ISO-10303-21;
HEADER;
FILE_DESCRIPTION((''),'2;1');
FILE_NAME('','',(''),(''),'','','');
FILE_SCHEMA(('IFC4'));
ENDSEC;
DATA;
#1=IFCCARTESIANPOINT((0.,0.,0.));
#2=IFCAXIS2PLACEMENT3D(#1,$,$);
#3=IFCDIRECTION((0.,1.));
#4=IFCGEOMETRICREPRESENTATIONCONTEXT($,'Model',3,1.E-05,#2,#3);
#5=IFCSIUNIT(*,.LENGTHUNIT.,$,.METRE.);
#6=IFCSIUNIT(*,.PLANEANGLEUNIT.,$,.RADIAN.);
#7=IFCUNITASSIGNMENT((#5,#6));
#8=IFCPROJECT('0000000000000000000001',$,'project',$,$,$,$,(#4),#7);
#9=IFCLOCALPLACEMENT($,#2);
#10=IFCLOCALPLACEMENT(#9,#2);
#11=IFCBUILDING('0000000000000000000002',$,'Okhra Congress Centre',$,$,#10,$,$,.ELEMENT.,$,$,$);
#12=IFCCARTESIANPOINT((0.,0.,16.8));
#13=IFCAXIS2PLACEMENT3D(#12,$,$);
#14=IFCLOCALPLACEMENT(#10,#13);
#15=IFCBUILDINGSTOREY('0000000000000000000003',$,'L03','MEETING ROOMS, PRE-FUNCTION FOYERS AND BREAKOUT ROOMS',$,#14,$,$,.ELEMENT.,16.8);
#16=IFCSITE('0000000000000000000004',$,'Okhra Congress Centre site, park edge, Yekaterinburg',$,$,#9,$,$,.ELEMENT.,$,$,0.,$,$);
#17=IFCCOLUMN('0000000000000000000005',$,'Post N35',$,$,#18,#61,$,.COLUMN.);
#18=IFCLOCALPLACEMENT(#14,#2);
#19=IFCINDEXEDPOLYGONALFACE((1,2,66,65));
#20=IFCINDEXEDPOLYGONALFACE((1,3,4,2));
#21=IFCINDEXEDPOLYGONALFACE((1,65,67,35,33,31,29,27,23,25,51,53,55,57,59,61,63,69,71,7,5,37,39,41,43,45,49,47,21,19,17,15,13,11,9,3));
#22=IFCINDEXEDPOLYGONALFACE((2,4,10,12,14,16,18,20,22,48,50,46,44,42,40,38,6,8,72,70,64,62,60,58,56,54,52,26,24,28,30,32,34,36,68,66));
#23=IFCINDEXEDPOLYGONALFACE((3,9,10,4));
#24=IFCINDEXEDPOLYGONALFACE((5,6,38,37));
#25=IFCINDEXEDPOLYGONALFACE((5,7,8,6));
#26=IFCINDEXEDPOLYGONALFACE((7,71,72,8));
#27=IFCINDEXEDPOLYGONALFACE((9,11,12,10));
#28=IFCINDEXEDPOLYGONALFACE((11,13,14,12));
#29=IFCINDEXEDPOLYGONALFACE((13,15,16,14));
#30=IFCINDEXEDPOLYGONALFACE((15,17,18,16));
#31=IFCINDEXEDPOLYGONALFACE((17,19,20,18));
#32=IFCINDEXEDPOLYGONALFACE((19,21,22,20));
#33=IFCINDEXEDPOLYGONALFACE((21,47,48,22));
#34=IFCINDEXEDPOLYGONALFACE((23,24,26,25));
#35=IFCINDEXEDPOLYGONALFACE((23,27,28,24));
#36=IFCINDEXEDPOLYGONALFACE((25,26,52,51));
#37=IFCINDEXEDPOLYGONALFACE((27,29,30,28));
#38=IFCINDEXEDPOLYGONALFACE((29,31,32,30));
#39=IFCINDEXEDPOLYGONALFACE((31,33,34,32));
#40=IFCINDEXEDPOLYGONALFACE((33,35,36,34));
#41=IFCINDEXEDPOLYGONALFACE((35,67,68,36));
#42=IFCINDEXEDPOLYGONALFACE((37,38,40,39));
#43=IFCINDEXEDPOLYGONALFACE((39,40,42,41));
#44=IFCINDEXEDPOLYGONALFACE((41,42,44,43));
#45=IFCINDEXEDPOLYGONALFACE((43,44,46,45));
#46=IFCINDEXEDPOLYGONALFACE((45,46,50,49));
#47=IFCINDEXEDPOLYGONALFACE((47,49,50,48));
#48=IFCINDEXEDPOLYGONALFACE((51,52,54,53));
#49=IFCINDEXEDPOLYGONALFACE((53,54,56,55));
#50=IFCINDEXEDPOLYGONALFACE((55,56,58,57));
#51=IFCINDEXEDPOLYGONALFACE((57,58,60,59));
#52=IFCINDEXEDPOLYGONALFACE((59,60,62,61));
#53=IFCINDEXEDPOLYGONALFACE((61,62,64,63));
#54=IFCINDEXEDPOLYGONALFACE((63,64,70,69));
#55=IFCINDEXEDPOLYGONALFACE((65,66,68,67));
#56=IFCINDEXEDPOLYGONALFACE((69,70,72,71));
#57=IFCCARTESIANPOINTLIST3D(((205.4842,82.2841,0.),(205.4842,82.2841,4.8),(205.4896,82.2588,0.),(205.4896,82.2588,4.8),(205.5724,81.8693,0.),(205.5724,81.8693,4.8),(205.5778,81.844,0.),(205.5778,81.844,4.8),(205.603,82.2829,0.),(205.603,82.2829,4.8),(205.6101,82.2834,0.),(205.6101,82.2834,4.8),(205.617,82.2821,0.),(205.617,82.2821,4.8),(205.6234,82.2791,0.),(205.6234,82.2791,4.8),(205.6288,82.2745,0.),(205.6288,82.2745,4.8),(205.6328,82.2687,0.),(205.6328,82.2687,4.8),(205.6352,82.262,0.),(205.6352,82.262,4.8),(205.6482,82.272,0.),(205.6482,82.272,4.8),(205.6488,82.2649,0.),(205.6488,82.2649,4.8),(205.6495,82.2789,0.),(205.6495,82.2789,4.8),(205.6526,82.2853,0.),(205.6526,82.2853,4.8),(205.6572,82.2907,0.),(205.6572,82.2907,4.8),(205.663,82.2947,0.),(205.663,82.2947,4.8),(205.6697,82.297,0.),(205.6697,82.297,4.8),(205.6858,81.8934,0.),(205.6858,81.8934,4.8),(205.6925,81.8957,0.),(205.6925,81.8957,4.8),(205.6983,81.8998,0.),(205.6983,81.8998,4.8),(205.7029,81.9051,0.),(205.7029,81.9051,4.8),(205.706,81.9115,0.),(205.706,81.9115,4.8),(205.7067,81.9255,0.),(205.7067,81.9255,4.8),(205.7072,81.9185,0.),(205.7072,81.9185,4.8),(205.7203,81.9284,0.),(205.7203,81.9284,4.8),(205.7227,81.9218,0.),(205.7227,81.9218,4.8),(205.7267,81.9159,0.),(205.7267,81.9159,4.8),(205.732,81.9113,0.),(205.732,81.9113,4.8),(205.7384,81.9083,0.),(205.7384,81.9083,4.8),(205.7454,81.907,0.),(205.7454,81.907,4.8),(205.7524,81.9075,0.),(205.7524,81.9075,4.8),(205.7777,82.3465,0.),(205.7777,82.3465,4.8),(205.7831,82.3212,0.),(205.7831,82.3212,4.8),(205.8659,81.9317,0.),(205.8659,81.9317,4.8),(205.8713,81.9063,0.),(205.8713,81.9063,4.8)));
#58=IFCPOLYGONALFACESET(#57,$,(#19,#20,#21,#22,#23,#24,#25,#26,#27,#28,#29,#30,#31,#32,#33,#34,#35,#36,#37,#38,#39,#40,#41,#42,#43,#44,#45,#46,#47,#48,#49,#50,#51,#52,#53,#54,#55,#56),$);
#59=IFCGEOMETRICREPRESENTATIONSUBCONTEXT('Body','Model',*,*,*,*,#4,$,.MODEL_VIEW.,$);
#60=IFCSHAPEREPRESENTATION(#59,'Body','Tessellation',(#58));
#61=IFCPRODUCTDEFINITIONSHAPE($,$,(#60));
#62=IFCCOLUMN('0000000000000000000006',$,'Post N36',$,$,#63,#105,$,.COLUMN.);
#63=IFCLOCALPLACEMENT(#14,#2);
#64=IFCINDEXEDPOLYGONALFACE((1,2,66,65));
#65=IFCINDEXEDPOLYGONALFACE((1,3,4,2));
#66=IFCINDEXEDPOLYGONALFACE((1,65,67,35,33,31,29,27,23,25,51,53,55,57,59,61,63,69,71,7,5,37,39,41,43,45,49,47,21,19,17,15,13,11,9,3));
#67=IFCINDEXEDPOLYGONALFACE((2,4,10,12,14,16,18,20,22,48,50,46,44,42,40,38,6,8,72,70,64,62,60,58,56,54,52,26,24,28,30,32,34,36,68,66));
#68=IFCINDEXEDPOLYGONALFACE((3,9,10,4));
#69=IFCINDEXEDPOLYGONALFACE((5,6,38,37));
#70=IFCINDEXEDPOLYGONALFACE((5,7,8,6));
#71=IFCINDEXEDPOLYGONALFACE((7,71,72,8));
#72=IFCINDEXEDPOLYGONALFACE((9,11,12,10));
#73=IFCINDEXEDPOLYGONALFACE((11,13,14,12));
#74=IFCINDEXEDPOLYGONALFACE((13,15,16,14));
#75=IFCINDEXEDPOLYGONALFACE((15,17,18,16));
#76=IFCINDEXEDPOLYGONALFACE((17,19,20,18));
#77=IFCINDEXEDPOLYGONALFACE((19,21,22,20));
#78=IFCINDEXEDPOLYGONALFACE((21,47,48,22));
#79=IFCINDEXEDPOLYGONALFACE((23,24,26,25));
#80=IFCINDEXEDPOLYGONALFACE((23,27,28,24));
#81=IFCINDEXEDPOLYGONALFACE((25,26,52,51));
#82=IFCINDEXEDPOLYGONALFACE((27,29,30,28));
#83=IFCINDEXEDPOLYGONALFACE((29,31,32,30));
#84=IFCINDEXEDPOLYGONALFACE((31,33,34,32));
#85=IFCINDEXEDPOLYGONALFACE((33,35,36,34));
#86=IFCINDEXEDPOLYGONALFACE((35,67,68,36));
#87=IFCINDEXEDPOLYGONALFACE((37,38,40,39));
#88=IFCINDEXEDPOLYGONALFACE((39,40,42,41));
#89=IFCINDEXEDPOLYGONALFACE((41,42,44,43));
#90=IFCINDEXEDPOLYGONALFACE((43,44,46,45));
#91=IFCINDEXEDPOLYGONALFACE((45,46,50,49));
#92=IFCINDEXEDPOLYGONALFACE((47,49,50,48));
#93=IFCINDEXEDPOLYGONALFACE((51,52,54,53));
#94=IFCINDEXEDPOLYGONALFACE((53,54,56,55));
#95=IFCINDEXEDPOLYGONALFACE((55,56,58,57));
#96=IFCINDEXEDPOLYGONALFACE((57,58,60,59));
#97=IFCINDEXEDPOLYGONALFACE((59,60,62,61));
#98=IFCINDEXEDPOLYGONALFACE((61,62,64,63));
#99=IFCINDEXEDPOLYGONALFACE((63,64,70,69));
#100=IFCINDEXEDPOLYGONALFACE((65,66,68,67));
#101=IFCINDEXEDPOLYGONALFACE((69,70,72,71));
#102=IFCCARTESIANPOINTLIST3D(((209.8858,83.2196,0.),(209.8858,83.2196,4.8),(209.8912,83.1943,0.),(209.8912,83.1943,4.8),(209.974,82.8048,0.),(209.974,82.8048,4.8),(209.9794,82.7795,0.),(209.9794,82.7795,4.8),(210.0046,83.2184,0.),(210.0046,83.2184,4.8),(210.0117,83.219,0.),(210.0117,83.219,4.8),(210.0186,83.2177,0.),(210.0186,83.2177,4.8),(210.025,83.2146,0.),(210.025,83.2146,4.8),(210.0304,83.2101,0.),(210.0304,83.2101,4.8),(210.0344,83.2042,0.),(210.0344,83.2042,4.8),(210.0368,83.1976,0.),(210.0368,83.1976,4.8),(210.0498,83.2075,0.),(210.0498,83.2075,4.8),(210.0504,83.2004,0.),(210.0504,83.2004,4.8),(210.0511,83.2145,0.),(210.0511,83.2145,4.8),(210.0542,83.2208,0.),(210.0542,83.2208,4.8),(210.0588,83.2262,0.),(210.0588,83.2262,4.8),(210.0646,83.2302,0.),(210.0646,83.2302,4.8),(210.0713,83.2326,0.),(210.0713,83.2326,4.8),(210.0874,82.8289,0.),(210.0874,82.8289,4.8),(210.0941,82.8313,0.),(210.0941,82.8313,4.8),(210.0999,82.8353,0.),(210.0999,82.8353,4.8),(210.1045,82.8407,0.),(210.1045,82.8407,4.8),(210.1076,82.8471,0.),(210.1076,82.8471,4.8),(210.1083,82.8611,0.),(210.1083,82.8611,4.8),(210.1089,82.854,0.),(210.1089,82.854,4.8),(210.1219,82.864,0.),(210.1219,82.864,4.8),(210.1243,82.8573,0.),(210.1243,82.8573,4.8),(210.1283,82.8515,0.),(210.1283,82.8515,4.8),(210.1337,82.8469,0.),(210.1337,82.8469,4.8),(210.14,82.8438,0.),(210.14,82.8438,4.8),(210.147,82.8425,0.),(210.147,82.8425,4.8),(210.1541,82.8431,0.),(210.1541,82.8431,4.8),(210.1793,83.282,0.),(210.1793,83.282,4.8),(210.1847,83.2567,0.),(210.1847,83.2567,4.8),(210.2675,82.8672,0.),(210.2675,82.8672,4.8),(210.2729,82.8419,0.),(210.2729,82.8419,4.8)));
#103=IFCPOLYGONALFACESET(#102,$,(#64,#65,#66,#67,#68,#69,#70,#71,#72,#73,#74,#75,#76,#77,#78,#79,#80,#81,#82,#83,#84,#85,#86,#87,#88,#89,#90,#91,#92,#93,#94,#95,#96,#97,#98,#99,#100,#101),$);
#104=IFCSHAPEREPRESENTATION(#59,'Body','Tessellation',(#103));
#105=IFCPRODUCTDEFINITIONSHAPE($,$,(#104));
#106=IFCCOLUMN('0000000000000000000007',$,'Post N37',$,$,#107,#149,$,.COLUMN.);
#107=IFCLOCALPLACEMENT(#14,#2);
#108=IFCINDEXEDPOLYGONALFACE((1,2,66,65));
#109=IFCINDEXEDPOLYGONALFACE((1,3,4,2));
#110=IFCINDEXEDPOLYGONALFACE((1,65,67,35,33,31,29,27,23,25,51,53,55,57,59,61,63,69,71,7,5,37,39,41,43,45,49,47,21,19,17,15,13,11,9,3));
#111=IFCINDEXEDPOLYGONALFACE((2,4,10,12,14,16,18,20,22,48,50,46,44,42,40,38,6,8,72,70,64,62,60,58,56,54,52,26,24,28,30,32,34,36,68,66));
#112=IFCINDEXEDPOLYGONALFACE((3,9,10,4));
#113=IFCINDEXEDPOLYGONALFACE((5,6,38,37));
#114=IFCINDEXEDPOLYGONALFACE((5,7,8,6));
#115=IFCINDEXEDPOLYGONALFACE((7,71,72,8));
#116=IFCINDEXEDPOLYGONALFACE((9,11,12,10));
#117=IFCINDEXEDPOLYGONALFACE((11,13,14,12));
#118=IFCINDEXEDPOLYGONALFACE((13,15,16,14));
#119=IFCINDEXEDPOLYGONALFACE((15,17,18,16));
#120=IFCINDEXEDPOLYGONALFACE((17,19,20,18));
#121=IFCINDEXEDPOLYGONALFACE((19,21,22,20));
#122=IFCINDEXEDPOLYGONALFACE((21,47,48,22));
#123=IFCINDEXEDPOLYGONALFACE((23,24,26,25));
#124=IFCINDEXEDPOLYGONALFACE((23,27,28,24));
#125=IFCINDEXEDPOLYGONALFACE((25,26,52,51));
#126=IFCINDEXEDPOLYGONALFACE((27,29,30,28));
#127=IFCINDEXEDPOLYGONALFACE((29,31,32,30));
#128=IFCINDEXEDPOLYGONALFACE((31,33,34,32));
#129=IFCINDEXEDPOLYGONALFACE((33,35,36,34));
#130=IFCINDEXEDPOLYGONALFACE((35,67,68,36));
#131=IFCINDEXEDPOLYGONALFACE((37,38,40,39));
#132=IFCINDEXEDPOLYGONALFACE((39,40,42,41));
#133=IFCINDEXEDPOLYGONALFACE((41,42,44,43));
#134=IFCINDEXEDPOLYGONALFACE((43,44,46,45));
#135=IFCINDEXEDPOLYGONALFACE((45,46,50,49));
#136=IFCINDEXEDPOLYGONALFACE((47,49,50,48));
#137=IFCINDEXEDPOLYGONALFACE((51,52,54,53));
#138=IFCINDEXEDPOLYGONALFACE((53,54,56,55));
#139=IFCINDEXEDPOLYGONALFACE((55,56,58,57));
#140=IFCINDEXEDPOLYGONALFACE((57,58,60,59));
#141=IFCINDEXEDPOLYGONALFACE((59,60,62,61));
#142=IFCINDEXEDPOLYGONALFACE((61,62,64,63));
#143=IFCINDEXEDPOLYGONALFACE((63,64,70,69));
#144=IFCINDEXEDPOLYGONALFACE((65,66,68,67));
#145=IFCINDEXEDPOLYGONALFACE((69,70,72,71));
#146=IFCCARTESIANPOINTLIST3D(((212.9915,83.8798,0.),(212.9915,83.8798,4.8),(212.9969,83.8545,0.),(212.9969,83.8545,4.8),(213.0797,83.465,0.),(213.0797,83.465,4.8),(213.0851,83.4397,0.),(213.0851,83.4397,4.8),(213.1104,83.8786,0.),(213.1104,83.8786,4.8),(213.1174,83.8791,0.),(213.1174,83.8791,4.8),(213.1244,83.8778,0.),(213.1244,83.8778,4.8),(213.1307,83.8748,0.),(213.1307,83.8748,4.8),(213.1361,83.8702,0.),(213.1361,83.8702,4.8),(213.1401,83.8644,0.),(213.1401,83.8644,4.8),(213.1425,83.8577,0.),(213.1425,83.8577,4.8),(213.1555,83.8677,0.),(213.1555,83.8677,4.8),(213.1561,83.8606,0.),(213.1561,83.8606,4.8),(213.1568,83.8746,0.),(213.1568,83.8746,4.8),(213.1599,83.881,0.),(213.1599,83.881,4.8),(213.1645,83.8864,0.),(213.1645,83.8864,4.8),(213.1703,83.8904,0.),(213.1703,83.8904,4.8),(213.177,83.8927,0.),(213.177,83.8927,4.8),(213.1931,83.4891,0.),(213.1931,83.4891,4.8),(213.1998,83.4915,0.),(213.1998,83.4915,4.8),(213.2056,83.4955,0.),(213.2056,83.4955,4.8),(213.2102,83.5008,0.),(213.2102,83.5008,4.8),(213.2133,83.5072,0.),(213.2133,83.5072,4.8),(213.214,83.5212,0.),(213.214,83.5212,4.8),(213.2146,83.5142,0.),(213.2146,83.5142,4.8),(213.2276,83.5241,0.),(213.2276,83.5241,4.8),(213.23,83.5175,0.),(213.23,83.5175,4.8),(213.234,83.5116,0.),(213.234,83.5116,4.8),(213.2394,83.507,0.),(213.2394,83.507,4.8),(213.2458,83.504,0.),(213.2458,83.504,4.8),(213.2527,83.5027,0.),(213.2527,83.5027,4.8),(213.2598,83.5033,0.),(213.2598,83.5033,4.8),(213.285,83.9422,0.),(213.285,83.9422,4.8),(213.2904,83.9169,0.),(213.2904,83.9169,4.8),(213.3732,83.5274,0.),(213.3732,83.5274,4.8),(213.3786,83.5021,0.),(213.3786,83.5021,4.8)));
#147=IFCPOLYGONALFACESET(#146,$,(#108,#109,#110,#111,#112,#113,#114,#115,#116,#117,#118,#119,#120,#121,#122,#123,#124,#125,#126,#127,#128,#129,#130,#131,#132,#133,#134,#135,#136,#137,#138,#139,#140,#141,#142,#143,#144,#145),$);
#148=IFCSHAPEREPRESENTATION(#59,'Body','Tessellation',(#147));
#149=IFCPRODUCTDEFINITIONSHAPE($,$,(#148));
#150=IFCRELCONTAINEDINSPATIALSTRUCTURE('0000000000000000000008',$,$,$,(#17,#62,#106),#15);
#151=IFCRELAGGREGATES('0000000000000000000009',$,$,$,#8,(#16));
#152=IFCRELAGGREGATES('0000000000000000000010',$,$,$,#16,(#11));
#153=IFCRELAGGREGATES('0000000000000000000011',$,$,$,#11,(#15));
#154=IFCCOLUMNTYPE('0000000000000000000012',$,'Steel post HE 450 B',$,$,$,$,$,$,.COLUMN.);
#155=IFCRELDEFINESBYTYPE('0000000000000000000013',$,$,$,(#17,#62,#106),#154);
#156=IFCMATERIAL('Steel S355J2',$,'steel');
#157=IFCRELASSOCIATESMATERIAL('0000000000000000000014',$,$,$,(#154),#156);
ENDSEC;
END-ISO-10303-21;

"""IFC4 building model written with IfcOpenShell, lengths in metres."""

from ifc_helpers import new_model, si_unit, direction, frame, origin, origin_2d, place, context, subcontext, project, spatial, i_section, extrude, material, material_profile, profile_set, type_object, element, save


model = new_model("IFC4")

# Units and contexts
model_context = context("Model", 3, precision=1e-05, world=origin(), true_north=direction((0.0, 1.0)))
body_context = subcontext(model_context, "Body", "Model", "MODEL_VIEW")
ifc_project = project(units=[si_unit("LENGTHUNIT", "METRE"), si_unit("PLANEANGLEUNIT", "RADIAN")], contexts=[model_context])

# Site, building, storey
site_placement = place(None, origin())
site = spatial("IfcSite", under=ifc_project, at=site_placement, Name="Okhra Congress Centre site, park edge, Yekaterinburg", CompositionType="ELEMENT", RefElevation=0.0)
building_placement = place(site_placement, origin())
building = spatial("IfcBuilding", under=site, at=building_placement, Name="Okhra Congress Centre", CompositionType="ELEMENT")
storey_placement = place(building_placement, frame((0.0, 0.0, 16.8)))
storey = spatial("IfcBuildingStorey", under=building, at=storey_placement, Name="L03", Description="MEETING ROOMS, PRE-FUNCTION FOYERS AND BREAKOUT ROOMS", CompositionType="ELEMENT", Elevation=16.8)

# Columns
ifc_material_1 = material(Name="Steel S355J2", Category="steel")
ifc_material_profile_1 = material_profile(ifc_material_1, i_section(OverallWidth=0.3, OverallDepth=0.45, WebThickness=0.0139, FlangeThickness=0.0259, FilletRadius=0.0271, at=origin_2d()), Name="HE 450 B")
ifc_profile_set_1 = profile_set([ifc_material_profile_1], Name="Steel S355J2")
column_type = type_object("IfcColumnType", Name="Steel post HE 450 B", PredefinedType="COLUMN", material=ifc_profile_set_1)
for number, where, z_axis, x_axis, name in (
    (1, (205.6777, 82.0952, 0.0), (0.0, 0.0, 1.0), (0.978148, 0.207912, 0.0), "Post N35"),
    (2, (210.0793, 83.0308, 0.0), (0.0, 0.0, 1.0), (0.978148, 0.207912, 0.0), "Post N36"),
    (3, (213.1851, 83.6909, 0.0), (0.0, 0.0, 1.0), (0.978148, 0.207912, 0.0), "Post N37"),
):
    element("IfcColumn", number, at=place(storey_placement, frame(where, z_axis=z_axis, x_axis=x_axis)), inside=storey, type_object=column_type, Name=name, PredefinedType="COLUMN", context=body_context, shape_type="SweptSolid", body=[
        extrude(i_section(OverallWidth=0.3, OverallDepth=0.45, WebThickness=0.0139, FlangeThickness=0.0259, FilletRadius=0.0271, at=origin_2d()), origin(), (0.0, 0.0, 1.0), 4.8),
    ])

save(model, "model.ifc")
